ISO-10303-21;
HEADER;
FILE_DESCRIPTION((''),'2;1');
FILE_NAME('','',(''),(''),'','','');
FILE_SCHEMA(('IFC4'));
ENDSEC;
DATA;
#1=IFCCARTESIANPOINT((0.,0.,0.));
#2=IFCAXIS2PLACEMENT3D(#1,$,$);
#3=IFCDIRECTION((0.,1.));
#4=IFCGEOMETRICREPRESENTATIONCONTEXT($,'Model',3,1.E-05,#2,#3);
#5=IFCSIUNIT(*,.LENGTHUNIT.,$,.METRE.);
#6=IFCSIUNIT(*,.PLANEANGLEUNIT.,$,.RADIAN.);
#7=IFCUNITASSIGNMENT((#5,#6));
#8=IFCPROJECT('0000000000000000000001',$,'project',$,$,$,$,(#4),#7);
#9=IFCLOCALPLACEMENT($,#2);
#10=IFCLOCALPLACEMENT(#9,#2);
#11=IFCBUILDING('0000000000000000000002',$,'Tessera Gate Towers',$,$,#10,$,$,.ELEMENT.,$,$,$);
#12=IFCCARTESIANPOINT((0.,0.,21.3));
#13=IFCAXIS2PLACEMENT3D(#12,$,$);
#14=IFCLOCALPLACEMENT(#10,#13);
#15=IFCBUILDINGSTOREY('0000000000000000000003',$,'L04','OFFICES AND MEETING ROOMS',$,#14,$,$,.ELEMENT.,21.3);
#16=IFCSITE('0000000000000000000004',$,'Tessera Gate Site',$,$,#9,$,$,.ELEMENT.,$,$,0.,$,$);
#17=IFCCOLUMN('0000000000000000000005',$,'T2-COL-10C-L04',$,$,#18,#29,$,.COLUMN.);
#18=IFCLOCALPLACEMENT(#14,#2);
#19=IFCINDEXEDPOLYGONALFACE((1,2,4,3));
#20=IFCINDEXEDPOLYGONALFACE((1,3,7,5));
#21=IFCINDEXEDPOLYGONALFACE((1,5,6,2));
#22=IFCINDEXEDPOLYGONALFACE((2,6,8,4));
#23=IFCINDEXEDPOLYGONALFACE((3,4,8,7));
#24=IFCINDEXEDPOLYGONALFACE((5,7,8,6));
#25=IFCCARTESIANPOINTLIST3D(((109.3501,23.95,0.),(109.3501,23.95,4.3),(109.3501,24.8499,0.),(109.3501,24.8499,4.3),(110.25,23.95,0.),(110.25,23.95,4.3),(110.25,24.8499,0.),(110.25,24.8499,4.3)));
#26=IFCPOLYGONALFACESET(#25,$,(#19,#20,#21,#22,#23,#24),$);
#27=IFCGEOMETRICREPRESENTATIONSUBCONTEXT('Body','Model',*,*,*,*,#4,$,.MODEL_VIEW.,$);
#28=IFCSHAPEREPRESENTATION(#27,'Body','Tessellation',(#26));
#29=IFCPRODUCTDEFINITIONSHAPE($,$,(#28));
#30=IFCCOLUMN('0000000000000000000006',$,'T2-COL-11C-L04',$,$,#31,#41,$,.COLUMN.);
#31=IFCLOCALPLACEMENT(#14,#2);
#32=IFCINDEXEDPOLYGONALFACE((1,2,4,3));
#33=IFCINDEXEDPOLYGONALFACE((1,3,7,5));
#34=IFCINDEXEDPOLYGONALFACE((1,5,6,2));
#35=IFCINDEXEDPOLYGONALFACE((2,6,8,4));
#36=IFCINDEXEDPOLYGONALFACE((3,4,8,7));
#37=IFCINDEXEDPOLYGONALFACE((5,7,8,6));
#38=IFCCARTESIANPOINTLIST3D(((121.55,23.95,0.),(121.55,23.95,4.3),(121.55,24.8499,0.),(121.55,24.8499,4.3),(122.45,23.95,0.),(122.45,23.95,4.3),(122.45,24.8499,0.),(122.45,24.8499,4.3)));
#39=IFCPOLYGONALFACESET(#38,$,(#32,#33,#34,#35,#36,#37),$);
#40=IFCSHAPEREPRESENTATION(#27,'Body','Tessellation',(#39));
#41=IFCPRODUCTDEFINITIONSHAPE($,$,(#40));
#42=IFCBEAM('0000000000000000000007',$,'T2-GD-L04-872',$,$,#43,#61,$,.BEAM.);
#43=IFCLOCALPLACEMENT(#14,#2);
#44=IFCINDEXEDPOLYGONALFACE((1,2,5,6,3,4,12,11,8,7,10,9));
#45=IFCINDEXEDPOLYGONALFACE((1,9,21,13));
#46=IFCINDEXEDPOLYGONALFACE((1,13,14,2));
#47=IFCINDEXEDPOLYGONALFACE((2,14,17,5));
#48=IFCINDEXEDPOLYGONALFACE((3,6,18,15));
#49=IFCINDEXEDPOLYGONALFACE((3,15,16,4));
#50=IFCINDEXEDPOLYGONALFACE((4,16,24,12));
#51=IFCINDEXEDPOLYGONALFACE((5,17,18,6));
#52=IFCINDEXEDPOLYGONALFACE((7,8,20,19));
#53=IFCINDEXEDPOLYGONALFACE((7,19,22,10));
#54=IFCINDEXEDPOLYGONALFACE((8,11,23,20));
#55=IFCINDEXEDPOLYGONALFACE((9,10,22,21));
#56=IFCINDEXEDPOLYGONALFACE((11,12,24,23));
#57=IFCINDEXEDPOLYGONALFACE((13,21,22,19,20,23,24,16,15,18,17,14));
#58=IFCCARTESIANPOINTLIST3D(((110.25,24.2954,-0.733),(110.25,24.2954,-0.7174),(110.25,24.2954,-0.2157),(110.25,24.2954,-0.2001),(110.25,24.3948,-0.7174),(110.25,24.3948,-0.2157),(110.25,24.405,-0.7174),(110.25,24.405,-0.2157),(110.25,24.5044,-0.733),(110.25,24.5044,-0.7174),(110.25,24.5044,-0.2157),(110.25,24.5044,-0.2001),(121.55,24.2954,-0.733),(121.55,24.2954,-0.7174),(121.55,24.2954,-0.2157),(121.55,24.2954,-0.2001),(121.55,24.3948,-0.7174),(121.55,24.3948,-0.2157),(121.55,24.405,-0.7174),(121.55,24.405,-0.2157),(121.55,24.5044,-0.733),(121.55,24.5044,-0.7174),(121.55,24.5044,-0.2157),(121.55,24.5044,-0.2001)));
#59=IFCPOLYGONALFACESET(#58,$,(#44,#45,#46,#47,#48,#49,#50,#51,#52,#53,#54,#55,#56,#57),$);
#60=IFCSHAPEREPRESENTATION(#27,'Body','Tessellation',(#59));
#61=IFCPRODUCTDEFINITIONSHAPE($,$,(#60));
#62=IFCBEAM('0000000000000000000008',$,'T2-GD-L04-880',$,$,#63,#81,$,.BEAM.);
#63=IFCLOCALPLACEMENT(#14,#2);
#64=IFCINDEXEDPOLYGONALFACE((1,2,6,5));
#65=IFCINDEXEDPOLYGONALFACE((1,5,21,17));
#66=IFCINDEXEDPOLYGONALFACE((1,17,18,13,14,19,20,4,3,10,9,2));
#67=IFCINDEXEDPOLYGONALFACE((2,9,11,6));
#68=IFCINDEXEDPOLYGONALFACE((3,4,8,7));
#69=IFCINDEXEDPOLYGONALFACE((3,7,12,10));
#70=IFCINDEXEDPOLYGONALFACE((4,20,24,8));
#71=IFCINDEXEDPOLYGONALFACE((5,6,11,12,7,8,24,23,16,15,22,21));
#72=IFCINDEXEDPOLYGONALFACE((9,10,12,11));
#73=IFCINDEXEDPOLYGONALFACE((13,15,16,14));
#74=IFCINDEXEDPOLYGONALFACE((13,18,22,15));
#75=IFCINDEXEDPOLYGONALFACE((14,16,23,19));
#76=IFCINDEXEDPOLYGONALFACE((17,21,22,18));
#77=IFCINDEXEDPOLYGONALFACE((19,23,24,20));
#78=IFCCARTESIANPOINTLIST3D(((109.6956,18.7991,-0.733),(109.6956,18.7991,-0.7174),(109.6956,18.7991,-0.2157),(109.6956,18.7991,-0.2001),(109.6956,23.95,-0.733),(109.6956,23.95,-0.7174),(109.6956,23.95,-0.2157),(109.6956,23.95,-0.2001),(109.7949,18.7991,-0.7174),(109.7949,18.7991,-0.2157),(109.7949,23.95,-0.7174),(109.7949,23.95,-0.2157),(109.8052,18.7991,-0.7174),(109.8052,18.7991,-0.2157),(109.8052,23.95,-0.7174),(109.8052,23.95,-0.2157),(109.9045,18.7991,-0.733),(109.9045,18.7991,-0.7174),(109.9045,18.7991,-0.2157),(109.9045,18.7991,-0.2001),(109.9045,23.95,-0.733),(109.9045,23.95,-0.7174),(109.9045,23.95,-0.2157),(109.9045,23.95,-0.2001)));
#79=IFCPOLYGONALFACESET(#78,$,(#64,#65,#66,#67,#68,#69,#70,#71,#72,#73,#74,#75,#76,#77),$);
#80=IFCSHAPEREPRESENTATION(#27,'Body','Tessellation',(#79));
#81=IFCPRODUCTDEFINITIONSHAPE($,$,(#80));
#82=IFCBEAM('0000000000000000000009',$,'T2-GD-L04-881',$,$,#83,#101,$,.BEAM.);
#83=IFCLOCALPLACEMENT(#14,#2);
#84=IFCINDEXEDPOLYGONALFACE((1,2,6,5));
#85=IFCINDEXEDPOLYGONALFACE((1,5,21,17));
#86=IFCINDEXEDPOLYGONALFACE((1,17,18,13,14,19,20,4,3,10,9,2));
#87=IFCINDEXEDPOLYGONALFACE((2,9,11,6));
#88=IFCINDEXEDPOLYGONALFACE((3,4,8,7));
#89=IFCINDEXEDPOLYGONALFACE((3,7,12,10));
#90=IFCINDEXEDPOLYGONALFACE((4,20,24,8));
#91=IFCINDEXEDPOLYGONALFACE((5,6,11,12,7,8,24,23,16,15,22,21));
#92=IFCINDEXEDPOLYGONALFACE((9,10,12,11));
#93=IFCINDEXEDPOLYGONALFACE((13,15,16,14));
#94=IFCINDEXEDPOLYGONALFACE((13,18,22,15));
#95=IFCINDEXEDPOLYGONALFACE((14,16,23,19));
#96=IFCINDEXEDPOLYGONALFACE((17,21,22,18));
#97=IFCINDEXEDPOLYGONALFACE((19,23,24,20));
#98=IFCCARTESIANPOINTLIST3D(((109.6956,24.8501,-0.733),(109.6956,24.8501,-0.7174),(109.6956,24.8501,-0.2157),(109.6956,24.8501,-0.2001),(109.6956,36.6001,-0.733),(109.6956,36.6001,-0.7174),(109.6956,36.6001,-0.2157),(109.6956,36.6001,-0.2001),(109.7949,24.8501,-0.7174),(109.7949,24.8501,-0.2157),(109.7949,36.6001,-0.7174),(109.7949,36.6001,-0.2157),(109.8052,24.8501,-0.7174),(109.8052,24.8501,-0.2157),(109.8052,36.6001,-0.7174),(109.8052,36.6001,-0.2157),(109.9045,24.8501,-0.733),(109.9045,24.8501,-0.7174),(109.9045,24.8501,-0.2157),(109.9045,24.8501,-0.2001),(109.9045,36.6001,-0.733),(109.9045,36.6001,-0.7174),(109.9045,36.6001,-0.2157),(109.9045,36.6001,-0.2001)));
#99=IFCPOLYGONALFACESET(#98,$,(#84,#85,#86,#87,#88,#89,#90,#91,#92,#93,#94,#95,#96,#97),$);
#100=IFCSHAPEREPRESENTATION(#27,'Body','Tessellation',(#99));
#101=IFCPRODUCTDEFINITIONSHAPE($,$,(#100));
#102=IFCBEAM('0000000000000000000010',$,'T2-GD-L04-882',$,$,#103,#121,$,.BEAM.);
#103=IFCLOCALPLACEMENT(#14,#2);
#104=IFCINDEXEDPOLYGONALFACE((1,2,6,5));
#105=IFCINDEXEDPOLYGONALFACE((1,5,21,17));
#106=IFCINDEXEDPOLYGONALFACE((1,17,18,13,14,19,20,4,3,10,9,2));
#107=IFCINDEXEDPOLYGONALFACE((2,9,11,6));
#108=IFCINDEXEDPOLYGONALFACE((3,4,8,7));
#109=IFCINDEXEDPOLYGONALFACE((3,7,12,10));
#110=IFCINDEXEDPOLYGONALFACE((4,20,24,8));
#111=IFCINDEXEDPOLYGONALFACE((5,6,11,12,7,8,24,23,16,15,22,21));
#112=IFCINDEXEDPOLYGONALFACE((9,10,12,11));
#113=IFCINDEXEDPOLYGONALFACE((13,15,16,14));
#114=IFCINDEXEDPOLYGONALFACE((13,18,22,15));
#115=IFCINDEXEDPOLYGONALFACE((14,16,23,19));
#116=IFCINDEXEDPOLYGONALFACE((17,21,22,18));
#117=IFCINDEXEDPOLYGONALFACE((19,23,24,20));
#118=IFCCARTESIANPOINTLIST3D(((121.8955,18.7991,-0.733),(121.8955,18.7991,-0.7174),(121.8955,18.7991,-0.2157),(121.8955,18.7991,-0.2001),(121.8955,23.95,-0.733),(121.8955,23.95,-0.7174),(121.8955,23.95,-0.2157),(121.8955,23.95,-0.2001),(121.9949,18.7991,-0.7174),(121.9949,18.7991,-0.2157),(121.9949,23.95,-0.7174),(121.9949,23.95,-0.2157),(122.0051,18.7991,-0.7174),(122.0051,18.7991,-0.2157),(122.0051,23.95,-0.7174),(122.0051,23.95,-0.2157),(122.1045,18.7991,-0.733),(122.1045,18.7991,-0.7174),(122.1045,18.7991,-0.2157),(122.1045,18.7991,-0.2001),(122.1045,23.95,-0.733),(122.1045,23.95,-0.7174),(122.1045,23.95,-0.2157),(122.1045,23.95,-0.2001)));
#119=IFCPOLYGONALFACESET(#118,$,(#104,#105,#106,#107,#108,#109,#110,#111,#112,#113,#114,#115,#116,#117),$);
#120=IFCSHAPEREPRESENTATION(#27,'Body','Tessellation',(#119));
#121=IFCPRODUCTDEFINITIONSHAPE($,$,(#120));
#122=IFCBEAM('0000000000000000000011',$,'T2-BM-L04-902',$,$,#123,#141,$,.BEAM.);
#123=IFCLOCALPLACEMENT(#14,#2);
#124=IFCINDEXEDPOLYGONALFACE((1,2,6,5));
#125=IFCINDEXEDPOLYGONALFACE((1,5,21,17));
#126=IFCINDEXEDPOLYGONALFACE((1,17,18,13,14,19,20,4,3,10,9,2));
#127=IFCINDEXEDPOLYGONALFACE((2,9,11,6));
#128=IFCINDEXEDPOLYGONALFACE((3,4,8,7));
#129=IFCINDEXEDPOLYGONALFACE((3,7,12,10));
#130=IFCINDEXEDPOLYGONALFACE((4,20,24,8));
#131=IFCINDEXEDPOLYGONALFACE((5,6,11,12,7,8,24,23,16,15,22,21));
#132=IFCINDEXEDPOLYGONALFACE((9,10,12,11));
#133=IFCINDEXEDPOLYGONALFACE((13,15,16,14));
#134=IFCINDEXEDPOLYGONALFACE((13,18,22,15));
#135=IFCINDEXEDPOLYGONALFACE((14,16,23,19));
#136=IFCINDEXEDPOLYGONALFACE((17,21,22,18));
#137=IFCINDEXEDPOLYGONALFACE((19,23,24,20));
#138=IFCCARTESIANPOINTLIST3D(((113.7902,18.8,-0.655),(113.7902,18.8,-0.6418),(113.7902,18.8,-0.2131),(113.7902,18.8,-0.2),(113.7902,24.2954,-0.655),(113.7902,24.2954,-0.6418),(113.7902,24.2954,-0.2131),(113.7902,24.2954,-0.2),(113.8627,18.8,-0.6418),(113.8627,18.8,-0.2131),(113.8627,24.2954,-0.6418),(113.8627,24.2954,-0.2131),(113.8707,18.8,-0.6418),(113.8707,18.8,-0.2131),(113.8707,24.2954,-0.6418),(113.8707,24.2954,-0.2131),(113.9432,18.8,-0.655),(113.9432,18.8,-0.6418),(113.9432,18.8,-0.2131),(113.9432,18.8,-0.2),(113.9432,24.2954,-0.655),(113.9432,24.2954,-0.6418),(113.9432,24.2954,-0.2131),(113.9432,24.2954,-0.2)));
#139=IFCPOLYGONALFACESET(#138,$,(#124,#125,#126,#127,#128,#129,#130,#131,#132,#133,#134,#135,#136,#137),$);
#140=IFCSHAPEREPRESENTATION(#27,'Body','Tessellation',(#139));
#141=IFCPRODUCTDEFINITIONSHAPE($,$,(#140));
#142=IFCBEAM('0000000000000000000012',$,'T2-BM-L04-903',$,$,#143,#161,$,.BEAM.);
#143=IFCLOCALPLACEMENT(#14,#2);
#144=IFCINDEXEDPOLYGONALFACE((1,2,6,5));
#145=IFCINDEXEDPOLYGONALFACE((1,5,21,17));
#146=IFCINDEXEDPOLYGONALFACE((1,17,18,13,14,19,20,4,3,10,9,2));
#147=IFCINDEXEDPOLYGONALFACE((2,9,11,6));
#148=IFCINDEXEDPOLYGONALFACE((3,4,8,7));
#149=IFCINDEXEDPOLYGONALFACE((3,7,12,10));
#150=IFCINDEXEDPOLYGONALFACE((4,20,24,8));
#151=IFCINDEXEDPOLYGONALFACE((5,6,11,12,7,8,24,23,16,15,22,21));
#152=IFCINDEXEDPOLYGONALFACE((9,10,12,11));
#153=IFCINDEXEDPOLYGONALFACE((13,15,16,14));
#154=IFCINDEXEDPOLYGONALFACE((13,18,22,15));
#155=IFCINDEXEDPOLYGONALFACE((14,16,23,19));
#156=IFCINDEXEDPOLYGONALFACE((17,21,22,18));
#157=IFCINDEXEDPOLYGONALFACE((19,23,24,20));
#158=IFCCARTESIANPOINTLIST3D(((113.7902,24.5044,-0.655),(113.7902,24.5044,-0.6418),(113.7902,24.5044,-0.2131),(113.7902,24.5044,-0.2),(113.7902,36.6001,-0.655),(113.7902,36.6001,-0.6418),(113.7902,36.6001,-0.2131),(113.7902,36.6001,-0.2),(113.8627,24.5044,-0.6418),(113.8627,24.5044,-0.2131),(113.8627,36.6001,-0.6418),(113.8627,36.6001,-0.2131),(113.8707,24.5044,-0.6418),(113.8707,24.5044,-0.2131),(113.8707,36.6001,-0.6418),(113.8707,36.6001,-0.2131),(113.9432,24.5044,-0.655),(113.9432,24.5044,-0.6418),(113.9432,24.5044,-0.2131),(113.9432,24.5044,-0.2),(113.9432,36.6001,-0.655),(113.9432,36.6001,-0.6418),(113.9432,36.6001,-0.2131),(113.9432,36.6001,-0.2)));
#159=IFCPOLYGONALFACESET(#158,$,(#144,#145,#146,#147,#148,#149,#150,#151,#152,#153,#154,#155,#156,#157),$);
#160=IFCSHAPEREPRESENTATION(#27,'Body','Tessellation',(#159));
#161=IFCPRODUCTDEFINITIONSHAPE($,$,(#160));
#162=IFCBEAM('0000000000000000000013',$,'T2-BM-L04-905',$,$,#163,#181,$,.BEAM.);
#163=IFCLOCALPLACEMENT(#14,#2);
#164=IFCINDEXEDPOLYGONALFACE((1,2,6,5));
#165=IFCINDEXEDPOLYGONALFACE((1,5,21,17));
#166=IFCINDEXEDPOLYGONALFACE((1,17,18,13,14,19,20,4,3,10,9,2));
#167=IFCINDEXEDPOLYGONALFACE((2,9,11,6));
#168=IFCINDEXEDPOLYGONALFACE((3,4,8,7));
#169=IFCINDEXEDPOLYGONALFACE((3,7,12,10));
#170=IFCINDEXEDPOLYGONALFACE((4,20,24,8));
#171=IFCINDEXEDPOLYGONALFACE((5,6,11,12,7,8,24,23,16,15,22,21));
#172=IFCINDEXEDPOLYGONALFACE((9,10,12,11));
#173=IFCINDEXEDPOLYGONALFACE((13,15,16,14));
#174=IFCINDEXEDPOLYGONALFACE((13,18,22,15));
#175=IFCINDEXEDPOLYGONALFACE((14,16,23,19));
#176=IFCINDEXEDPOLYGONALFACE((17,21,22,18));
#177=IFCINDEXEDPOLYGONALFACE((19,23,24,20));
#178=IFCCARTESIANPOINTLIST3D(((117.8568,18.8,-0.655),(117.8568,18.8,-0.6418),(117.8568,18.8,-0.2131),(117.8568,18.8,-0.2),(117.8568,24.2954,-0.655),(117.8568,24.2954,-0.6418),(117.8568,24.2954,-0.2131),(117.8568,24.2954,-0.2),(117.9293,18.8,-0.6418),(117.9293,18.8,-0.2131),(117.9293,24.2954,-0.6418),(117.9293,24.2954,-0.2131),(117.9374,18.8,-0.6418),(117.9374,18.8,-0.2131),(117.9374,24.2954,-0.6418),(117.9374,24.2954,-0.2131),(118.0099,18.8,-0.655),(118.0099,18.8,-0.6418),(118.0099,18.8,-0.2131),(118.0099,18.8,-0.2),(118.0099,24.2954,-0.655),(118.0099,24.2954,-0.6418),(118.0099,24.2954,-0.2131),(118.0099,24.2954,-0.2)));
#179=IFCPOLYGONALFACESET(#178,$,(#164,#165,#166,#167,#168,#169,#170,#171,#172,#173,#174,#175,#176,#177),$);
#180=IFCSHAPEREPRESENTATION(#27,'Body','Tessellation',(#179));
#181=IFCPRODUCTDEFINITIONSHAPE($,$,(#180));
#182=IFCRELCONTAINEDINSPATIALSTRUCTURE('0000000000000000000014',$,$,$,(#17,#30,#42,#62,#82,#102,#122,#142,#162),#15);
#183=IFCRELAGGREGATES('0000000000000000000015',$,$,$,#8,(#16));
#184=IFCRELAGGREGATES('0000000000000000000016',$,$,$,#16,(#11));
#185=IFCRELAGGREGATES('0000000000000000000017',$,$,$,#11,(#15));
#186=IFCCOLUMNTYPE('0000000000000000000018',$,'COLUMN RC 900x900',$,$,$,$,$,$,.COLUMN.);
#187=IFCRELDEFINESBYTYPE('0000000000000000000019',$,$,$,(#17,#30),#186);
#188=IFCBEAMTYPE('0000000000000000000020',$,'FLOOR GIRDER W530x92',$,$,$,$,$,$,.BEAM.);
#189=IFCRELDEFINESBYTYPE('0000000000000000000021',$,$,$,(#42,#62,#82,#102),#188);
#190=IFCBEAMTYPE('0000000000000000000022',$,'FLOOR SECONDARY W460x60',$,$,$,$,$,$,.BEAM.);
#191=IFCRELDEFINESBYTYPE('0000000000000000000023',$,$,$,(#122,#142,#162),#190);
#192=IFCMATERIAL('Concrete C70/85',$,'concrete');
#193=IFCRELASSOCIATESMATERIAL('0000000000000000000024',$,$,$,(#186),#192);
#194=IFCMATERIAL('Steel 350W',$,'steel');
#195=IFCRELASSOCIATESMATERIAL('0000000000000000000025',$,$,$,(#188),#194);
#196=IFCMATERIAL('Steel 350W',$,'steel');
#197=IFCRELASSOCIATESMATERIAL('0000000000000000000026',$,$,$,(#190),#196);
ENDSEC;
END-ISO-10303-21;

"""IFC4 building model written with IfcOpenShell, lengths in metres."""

from ifc_helpers import new_model, si_unit, direction, frame, origin, origin_2d, place, context, subcontext, project, spatial, rectangle, i_section, extrude, material, material_profile, profile_set, type_object, element, save


model = new_model("IFC4")

# Units and contexts
model_context = context("Model", 3, precision=1e-05, world=origin(), true_north=direction((0.0, 1.0)))
body_context = subcontext(model_context, "Body", "Model", "MODEL_VIEW")
ifc_project = project(units=[si_unit("LENGTHUNIT", "METRE"), si_unit("PLANEANGLEUNIT", "RADIAN")], contexts=[model_context])

# Site, building, storey
site_placement = place(None, origin())
site = spatial("IfcSite", under=ifc_project, at=site_placement, Name="Tessera Gate Site", CompositionType="ELEMENT", RefElevation=0.0)
building_placement = place(site_placement, origin())
building = spatial("IfcBuilding", under=site, at=building_placement, Name="Tessera Gate Towers", CompositionType="ELEMENT")
storey_placement = place(building_placement, frame((0.0, 0.0, 21.3)))
storey = spatial("IfcBuildingStorey", under=building, at=storey_placement, Name="L04", Description="OFFICES AND MEETING ROOMS", CompositionType="ELEMENT", Elevation=21.3)

# Columns
ifc_material_1 = material(Name="Concrete C70/85", Category="concrete")
ifc_material_profile_1 = material_profile(ifc_material_1, rectangle(XDim=0.8999, YDim=0.8999, at=origin_2d()), Name="RC 900x900")
ifc_profile_set_1 = profile_set([ifc_material_profile_1], Name="Concrete C70/85")
column_type = type_object("IfcColumnType", Name="COLUMN RC 900x900", PredefinedType="COLUMN", material=ifc_profile_set_1)
for number, where, z_axis, x_axis, name in (
    (1, (109.8, 24.3999, 0.0), (0.0, 0.0, 1.0), (1.0, 0.0, 0.0), "T2-COL-10C-L04"),
    (2, (122.0, 24.3999, 0.0), (0.0, 0.0, 1.0), (1.0, 0.0, 0.0), "T2-COL-11C-L04"),
):
    element("IfcColumn", number, at=place(storey_placement, frame(where, z_axis=z_axis, x_axis=x_axis)), inside=storey, type_object=column_type, Name=name, PredefinedType="COLUMN", context=body_context, shape_type="SweptSolid", body=[
        extrude(rectangle(XDim=0.8999, YDim=0.8999, at=origin_2d()), origin(), (0.0, 0.0, 1.0), 4.3),
    ])

# Beams
ifc_material_2 = material(Name="Steel 350W", Category="steel")
ifc_material_profile_2 = material_profile(ifc_material_2, i_section(OverallWidth=0.209, OverallDepth=0.533, WebThickness=0.0103, FlangeThickness=0.0156, at=origin_2d()), Name="W530x92")
ifc_profile_set_2 = profile_set([ifc_material_profile_2], Name="Steel 350W")
beam_type_1 = type_object("IfcBeamType", Name="FLOOR GIRDER W530x92", PredefinedType="BEAM", material=ifc_profile_set_2)
beam_1_placement = place(storey_placement, frame((110.25, 24.3999, -0.4666), z_axis=(1.0, 0.0, 0.0), x_axis=(0.0, 1.0, 0.0)))
element("IfcBeam", 3, at=beam_1_placement, inside=storey, type_object=beam_type_1, Name="T2-GD-L04-872", PredefinedType="BEAM", context=body_context, shape_type="SweptSolid", body=[
    extrude(i_section(OverallWidth=0.209, OverallDepth=0.533, WebThickness=0.0103, FlangeThickness=0.0156, at=origin_2d()), origin(), (0.0, 0.0, 1.0), 11.3),
])
beam_2_placement = place(storey_placement, frame((109.8, 18.7991, -0.4666), z_axis=(0.0, 1.0, 0.0), x_axis=(-1.0, 0.0, 0.0)))
element("IfcBeam", 4, at=beam_2_placement, inside=storey, type_object=beam_type_1, Name="T2-GD-L04-880", PredefinedType="BEAM", context=body_context, shape_type="SweptSolid", body=[
    extrude(i_section(OverallWidth=0.209, OverallDepth=0.533, WebThickness=0.0103, FlangeThickness=0.0156, at=origin_2d()), origin(), (0.0, 0.0, 1.0), 5.1509),
])
beam_3_placement = place(storey_placement, frame((109.8, 24.8501, -0.4666), z_axis=(0.0, 1.0, 0.0), x_axis=(-1.0, 0.0, 0.0)))
element("IfcBeam", 5, at=beam_3_placement, inside=storey, type_object=beam_type_1, Name="T2-GD-L04-881", PredefinedType="BEAM", context=body_context, shape_type="SweptSolid", body=[
    extrude(i_section(OverallWidth=0.209, OverallDepth=0.533, WebThickness=0.0103, FlangeThickness=0.0156, at=origin_2d()), origin(), (0.0, 0.0, 1.0), 11.75),
])
beam_4_placement = place(storey_placement, frame((122.0, 18.7991, -0.4666), z_axis=(0.0, 1.0, 0.0), x_axis=(-1.0, 0.0, 0.0)))
element("IfcBeam", 6, at=beam_4_placement, inside=storey, type_object=beam_type_1, Name="T2-GD-L04-882", PredefinedType="BEAM", context=body_context, shape_type="SweptSolid", body=[
    extrude(i_section(OverallWidth=0.209, OverallDepth=0.533, WebThickness=0.0103, FlangeThickness=0.0156, at=origin_2d()), origin(), (0.0, 0.0, 1.0), 5.1509),
])
ifc_material_3 = material(Name="Steel 350W", Category="steel")
ifc_material_profile_3 = material_profile(ifc_material_3, i_section(OverallWidth=0.1531, OverallDepth=0.4551, WebThickness=0.0081, FlangeThickness=0.0132, at=origin_2d()), Name="W460x60")
ifc_profile_set_3 = profile_set([ifc_material_profile_3], Name="Steel 350W")
beam_type_2 = type_object("IfcBeamType", Name="FLOOR SECONDARY W460x60", PredefinedType="BEAM", material=ifc_profile_set_3)
beam_5_placement = place(storey_placement, frame((113.8667, 18.8, -0.4275), z_axis=(0.0, 1.0, 0.0), x_axis=(-1.0, 0.0, 0.0)))
element("IfcBeam", 7, at=beam_5_placement, inside=storey, type_object=beam_type_2, Name="T2-BM-L04-902", PredefinedType="BEAM", context=body_context, shape_type="SweptSolid", body=[
    extrude(i_section(OverallWidth=0.1531, OverallDepth=0.4551, WebThickness=0.0081, FlangeThickness=0.0132, at=origin_2d()), origin(), (0.0, 0.0, 1.0), 5.4954),
])
beam_6_placement = place(storey_placement, frame((113.8667, 24.5044, -0.4275), z_axis=(0.0, 1.0, 0.0), x_axis=(-1.0, 0.0, 0.0)))
element("IfcBeam", 8, at=beam_6_placement, inside=storey, type_object=beam_type_2, Name="T2-BM-L04-903", PredefinedType="BEAM", context=body_context, shape_type="SweptSolid", body=[
    extrude(i_section(OverallWidth=0.1531, OverallDepth=0.4551, WebThickness=0.0081, FlangeThickness=0.0132, at=origin_2d()), origin(), (0.0, 0.0, 1.0), 12.0957),
])
beam_7_placement = place(storey_placement, frame((117.9333, 18.8, -0.4275), z_axis=(0.0, 1.0, 0.0), x_axis=(-1.0, 0.0, 0.0)))
element("IfcBeam", 9, at=beam_7_placement, inside=storey, type_object=beam_type_2, Name="T2-BM-L04-905", PredefinedType="BEAM", context=body_context, shape_type="SweptSolid", body=[
    extrude(i_section(OverallWidth=0.1531, OverallDepth=0.4551, WebThickness=0.0081, FlangeThickness=0.0132, at=origin_2d()), origin(), (0.0, 0.0, 1.0), 5.4954),
])

save(model, "model.ifc")
